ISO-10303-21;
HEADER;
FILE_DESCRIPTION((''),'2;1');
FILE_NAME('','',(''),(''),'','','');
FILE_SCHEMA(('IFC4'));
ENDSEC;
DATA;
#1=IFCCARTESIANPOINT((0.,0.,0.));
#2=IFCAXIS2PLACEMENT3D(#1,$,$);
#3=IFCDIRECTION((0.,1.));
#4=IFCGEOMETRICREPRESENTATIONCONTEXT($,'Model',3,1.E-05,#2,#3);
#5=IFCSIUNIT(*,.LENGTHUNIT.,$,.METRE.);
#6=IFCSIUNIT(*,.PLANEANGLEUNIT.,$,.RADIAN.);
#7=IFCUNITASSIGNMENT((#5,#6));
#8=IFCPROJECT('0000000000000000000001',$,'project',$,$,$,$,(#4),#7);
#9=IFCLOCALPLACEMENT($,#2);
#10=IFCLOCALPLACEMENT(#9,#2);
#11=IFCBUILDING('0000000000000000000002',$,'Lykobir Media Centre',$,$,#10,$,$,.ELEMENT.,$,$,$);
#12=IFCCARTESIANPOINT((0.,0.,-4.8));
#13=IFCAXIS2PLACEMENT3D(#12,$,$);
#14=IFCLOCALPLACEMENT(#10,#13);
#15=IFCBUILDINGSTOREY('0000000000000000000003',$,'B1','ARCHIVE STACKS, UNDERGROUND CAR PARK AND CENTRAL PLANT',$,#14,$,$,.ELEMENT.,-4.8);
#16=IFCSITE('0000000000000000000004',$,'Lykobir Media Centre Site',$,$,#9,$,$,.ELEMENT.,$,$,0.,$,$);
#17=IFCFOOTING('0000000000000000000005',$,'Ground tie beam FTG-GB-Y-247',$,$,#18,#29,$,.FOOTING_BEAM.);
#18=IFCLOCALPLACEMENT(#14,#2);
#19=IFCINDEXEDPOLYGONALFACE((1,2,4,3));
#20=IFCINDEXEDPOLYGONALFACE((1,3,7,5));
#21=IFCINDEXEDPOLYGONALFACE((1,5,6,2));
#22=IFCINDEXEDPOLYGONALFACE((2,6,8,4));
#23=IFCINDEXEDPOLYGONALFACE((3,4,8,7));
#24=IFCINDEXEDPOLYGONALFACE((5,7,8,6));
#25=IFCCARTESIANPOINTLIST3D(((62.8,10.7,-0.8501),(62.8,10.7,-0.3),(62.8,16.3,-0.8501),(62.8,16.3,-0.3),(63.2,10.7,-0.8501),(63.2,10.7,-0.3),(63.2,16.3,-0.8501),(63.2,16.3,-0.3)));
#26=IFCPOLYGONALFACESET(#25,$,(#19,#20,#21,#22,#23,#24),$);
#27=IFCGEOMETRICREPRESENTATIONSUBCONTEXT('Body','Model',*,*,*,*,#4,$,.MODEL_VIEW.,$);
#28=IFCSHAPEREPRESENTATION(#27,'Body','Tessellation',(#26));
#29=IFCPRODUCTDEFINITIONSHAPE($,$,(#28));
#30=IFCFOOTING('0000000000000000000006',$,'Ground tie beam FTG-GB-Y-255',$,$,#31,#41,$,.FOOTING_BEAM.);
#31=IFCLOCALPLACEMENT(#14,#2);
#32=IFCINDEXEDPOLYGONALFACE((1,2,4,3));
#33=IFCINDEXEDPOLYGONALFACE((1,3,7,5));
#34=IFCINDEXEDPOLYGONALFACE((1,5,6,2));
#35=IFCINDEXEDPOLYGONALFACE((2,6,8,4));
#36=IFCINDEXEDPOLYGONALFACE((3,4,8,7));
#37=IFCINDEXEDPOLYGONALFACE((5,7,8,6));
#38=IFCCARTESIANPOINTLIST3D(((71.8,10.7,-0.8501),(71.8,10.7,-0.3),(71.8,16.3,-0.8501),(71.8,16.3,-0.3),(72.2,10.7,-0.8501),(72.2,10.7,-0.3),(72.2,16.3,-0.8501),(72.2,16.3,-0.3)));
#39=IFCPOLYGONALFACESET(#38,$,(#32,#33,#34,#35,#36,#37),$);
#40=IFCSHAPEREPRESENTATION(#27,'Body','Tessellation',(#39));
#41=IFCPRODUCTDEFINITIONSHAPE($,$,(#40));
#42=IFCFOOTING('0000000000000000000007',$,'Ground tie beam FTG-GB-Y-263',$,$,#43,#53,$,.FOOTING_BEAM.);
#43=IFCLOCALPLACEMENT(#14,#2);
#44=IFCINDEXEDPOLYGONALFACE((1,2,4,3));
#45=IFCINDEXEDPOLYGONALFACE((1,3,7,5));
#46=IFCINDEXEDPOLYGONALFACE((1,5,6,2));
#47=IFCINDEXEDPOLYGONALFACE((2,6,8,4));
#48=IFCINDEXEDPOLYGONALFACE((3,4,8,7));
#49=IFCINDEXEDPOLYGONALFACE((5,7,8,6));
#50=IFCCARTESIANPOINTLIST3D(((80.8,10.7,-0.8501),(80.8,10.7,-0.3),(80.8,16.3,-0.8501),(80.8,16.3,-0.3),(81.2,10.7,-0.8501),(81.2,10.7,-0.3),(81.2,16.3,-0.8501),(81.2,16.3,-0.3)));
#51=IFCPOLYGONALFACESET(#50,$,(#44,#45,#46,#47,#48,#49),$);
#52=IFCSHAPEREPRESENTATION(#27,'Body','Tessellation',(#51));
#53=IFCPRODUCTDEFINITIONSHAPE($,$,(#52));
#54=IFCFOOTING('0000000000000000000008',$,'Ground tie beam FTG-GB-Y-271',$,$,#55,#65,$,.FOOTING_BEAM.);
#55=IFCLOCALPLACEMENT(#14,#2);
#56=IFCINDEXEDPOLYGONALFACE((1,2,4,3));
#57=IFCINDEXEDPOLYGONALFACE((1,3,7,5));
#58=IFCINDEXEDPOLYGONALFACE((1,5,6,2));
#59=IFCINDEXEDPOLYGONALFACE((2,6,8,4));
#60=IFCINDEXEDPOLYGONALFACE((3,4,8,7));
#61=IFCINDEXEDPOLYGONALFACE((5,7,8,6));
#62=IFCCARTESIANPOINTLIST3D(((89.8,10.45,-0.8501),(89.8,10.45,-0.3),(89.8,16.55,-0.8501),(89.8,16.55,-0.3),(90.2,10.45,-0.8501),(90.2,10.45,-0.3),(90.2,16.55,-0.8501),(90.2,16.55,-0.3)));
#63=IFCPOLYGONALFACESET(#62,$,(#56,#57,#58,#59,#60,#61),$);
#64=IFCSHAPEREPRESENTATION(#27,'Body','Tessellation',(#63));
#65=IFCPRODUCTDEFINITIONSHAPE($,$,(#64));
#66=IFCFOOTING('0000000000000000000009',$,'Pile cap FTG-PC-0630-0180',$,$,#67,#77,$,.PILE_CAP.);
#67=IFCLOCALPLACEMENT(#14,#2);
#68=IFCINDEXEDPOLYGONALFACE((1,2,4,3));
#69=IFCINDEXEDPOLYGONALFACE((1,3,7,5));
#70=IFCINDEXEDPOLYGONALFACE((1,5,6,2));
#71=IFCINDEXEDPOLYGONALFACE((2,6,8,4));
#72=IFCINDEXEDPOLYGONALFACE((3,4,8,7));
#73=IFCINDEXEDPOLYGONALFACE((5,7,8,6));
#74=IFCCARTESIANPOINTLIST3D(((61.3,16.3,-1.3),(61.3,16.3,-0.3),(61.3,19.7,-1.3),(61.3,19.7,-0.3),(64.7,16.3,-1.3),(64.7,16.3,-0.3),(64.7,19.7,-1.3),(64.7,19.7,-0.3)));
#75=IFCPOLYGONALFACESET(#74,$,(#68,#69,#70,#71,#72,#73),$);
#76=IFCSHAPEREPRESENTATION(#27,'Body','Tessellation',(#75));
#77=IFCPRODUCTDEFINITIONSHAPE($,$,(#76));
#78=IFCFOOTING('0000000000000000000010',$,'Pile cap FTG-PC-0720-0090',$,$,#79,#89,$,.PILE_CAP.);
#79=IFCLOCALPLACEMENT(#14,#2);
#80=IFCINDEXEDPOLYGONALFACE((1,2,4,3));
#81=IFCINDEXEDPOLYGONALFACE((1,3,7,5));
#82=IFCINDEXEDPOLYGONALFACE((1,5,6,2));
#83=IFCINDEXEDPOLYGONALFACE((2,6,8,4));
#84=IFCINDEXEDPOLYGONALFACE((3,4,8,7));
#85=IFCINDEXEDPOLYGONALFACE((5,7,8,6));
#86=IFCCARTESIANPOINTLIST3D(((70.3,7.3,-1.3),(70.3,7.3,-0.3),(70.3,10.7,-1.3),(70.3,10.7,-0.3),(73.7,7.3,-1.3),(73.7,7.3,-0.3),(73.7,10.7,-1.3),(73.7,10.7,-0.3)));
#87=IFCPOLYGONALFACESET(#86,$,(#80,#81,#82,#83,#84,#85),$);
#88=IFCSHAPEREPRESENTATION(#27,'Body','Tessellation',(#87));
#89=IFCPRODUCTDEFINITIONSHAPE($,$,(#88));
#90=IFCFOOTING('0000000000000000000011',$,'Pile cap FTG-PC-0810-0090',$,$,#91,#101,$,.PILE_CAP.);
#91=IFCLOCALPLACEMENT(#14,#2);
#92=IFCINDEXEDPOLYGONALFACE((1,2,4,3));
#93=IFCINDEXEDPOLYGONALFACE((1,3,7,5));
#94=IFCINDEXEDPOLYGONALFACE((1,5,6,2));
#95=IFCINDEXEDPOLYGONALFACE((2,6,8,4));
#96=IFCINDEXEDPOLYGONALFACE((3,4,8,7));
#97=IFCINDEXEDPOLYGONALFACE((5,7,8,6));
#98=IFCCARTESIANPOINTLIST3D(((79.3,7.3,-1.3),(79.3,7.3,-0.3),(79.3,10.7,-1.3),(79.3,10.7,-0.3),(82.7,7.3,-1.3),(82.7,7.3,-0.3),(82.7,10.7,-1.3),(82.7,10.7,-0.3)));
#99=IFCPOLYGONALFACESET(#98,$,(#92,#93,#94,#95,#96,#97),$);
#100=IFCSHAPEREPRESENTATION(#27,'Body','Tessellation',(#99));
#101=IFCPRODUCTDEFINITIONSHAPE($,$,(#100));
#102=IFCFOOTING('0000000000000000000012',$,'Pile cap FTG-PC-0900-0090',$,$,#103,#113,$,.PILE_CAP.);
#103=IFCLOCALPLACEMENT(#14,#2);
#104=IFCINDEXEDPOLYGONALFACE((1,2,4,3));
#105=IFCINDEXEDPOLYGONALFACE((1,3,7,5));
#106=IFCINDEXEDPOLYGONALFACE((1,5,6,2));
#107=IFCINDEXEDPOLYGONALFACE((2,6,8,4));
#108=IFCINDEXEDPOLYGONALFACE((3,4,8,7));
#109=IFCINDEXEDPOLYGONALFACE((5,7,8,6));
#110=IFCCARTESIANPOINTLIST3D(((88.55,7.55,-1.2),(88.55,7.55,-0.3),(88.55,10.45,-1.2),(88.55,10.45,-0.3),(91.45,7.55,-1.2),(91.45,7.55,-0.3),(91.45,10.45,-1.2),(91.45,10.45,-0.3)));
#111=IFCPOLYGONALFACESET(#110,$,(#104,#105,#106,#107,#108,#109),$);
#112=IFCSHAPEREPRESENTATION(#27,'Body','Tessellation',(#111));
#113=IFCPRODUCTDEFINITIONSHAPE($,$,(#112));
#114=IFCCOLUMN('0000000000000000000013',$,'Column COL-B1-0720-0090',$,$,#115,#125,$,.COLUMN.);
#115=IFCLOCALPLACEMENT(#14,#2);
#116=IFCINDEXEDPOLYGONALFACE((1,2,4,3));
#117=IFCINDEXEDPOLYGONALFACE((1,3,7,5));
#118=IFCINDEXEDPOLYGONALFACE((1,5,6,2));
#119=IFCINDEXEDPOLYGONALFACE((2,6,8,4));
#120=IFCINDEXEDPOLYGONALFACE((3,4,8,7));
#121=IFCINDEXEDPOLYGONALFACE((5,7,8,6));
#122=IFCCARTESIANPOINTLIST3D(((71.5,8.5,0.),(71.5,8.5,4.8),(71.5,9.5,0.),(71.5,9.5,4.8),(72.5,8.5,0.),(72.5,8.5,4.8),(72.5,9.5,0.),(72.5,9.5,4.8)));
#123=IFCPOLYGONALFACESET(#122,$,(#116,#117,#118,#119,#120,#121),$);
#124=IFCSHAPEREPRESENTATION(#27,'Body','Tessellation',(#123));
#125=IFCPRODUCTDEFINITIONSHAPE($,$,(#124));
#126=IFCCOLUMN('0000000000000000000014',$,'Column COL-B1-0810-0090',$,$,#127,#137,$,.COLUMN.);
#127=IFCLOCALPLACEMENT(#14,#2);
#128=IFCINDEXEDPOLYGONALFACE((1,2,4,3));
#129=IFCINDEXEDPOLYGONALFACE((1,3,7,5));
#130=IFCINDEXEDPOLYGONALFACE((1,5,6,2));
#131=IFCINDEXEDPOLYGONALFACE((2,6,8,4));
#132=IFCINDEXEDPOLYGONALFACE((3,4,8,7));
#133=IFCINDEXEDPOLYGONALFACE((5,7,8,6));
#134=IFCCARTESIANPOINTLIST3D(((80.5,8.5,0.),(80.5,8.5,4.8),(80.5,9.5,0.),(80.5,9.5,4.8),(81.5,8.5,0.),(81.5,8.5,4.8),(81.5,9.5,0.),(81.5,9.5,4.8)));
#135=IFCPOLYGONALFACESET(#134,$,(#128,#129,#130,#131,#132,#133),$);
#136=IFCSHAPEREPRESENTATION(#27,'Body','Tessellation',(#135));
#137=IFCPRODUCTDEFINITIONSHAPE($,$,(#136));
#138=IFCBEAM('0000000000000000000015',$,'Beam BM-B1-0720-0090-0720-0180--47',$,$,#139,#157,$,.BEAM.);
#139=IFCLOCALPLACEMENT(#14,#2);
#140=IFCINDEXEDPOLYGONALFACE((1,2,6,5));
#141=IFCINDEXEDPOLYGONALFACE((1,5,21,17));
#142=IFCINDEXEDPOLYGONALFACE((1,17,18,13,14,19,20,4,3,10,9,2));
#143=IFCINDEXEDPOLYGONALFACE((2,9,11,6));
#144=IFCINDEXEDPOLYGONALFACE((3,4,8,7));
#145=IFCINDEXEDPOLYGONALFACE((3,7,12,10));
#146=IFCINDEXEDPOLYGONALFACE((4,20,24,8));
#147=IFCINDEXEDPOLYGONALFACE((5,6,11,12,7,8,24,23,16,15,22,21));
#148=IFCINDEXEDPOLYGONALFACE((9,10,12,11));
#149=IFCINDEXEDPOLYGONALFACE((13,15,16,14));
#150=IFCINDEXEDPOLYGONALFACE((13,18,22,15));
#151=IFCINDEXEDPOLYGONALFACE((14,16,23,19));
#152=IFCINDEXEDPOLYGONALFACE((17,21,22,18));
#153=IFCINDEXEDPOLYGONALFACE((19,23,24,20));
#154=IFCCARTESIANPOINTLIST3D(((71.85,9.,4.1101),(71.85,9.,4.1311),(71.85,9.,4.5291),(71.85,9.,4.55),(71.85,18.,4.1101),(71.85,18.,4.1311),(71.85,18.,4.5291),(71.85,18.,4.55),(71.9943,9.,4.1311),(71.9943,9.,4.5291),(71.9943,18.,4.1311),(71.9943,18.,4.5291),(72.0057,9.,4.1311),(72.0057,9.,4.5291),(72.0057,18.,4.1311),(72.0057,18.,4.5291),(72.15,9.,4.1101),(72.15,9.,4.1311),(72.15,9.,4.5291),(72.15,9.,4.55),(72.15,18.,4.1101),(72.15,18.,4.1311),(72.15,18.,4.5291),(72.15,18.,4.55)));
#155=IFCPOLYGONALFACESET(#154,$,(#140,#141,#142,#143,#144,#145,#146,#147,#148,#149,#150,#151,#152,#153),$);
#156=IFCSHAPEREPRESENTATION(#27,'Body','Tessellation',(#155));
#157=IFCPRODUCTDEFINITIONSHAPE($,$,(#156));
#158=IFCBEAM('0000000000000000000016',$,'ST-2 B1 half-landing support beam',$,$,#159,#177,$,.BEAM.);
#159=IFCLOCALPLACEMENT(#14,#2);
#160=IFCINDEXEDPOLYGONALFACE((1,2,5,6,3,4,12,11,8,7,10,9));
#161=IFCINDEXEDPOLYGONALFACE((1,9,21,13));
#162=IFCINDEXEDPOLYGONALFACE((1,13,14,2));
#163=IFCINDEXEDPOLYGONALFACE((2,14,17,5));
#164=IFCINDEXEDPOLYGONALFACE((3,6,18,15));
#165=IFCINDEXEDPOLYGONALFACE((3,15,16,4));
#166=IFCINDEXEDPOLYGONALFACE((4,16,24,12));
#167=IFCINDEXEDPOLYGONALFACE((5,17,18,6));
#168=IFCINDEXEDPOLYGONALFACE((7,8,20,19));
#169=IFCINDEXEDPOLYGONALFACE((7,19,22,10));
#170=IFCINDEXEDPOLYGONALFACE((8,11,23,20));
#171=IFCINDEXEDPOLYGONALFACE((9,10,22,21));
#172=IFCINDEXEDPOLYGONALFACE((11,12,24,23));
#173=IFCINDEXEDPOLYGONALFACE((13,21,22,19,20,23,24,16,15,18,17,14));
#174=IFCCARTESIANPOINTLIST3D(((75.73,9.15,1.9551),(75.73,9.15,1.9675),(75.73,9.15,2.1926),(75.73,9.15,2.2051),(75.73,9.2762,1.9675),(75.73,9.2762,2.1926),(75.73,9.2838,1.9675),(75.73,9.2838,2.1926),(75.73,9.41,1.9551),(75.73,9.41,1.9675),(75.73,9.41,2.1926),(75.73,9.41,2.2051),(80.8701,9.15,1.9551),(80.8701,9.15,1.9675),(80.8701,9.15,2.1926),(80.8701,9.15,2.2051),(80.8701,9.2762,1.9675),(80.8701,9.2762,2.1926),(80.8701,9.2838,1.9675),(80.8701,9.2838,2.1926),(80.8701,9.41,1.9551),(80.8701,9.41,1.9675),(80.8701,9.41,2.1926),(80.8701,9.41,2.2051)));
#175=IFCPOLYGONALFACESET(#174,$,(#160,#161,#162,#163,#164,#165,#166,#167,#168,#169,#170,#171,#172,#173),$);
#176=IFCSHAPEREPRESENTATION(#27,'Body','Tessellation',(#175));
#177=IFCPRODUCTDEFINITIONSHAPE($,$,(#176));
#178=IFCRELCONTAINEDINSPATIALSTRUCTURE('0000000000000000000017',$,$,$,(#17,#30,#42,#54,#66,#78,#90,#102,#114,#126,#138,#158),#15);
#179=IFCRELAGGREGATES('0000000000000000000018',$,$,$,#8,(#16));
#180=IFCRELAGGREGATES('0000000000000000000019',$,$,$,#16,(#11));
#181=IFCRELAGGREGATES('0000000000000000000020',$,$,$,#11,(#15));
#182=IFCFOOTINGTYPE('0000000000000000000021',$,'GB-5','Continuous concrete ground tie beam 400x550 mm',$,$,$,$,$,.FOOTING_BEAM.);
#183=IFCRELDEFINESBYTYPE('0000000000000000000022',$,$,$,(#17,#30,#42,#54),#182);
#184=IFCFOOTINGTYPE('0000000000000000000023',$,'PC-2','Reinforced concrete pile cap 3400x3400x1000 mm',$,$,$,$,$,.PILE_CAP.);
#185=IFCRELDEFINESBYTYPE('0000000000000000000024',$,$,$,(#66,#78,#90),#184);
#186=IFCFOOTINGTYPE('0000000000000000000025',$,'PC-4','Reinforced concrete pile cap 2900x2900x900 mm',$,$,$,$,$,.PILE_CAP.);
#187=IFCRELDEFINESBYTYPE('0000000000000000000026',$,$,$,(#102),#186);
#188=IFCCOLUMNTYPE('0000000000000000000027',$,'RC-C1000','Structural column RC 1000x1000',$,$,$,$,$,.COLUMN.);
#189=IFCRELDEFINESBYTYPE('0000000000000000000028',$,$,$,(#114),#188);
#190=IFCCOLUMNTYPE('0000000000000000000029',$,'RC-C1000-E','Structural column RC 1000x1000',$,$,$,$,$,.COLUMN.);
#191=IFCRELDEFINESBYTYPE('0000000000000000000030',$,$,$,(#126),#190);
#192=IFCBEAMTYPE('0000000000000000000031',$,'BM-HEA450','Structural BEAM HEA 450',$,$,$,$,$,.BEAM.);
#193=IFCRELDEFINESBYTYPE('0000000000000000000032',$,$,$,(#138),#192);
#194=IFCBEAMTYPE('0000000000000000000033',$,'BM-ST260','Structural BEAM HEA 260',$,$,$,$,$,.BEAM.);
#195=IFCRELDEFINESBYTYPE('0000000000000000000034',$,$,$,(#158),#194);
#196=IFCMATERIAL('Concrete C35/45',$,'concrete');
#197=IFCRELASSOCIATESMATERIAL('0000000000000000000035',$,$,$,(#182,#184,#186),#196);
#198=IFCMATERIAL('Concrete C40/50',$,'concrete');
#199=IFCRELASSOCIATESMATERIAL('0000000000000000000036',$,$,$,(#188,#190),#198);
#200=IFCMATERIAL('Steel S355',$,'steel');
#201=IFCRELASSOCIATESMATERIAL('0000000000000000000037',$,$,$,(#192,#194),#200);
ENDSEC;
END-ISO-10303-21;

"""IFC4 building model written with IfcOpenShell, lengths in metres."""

from ifc_helpers import new_model, si_unit, direction, frame, origin, origin_2d, place, context, subcontext, project, spatial, rectangle, i_section, extrude, material, material_profile, profile_set, type_object, element, save


model = new_model("IFC4")

# Units and contexts
model_context = context("Model", 3, precision=1e-05, world=origin(), true_north=direction((0.0, 1.0)))
body_context = subcontext(model_context, "Body", "Model", "MODEL_VIEW")
ifc_project = project(units=[si_unit("LENGTHUNIT", "METRE"), si_unit("PLANEANGLEUNIT", "RADIAN")], contexts=[model_context])

# Site, building, storey
site_placement = place(None, origin())
site = spatial("IfcSite", under=ifc_project, at=site_placement, Name="Lykobir Media Centre Site", CompositionType="ELEMENT", RefElevation=0.0)
building_placement = place(site_placement, origin())
building = spatial("IfcBuilding", under=site, at=building_placement, Name="Lykobir Media Centre", CompositionType="ELEMENT")
storey_placement = place(building_placement, frame((0.0, 0.0, -4.8)))
storey = spatial("IfcBuildingStorey", under=building, at=storey_placement, Name="B1", Description="ARCHIVE STACKS, UNDERGROUND CAR PARK AND CENTRAL PLANT", CompositionType="ELEMENT", Elevation=-4.8)

# Footings
ifc_material_1 = material(Name="Concrete C35/45", Category="concrete")
footing_type_1 = type_object("IfcFootingType", Name="GB-5", Description="Continuous concrete ground tie beam 400x550 mm", PredefinedType="FOOTING_BEAM", material=ifc_material_1)
for number, where, z_axis, x_axis, name in (
    (1, (63.0, 13.5, -0.8501), (0.0, 0.0, 1.0), (0.0, 1.0, 0.0), "Ground tie beam FTG-GB-Y-247"),
    (2, (72.0, 13.5, -0.8501), (0.0, 0.0, 1.0), (0.0, 1.0, 0.0), "Ground tie beam FTG-GB-Y-255"),
    (3, (81.0, 13.5, -0.8501), (0.0, 0.0, 1.0), (0.0, 1.0, 0.0), "Ground tie beam FTG-GB-Y-263"),
):
    element("IfcFooting", number, at=place(storey_placement, frame(where, z_axis=z_axis, x_axis=x_axis)), inside=storey, type_object=footing_type_1, Name=name, PredefinedType="FOOTING_BEAM", context=body_context, shape_type="SweptSolid", body=[
        extrude(rectangle(XDim=5.6001, YDim=0.3999, at=origin_2d()), origin(), (0.0, 0.0, 1.0), 0.55),
    ])
footing_1_placement = place(storey_placement, frame((90.0, 13.5, -0.8501), z_axis=(0.0, 0.0, 1.0), x_axis=(0.0, 1.0, 0.0)))
element("IfcFooting", 4, at=footing_1_placement, inside=storey, type_object=footing_type_1, Name="Ground tie beam FTG-GB-Y-271", PredefinedType="FOOTING_BEAM", context=body_context, shape_type="SweptSolid", body=[
    extrude(rectangle(XDim=6.1001, YDim=0.3999, at=origin_2d()), origin(), (0.0, 0.0, 1.0), 0.55),
])
footing_type_2 = type_object("IfcFootingType", Name="PC-2", Description="Reinforced concrete pile cap 3400x3400x1000 mm", PredefinedType="PILE_CAP", material=ifc_material_1)
for number, where, z_axis, x_axis, name in (
    (5, (63.0, 18.0, -1.3), (0.0, 0.0, 1.0), (1.0, 0.0, 0.0), "Pile cap FTG-PC-0630-0180"),
    (6, (72.0, 9.0, -1.3), (0.0, 0.0, 1.0), (1.0, 0.0, 0.0), "Pile cap FTG-PC-0720-0090"),
    (7, (81.0, 9.0, -1.3), (0.0, 0.0, 1.0), (1.0, 0.0, 0.0), "Pile cap FTG-PC-0810-0090"),
):
    element("IfcFooting", number, at=place(storey_placement, frame(where, z_axis=z_axis, x_axis=x_axis)), inside=storey, type_object=footing_type_2, Name=name, PredefinedType="PILE_CAP", context=body_context, shape_type="SweptSolid", body=[
        extrude(rectangle(XDim=3.3999, YDim=3.3999, at=origin_2d()), origin(), (0.0, 0.0, 1.0), 1.0),
    ])
footing_type_3 = type_object("IfcFootingType", Name="PC-4", Description="Reinforced concrete pile cap 2900x2900x900 mm", PredefinedType="PILE_CAP", material=ifc_material_1)
footing_2_placement = place(storey_placement, frame((90.0, 9.0, -1.2), z_axis=(0.0, 0.0, 1.0), x_axis=(1.0, 0.0, 0.0)))
element("IfcFooting", 8, at=footing_2_placement, inside=storey, type_object=footing_type_3, Name="Pile cap FTG-PC-0900-0090", PredefinedType="PILE_CAP", context=body_context, shape_type="SweptSolid", body=[
    extrude(rectangle(XDim=2.8999, YDim=2.8999, at=origin_2d()), origin(), (0.0, 0.0, 1.0), 0.8999),
])

# Columns
ifc_material_2 = material(Name="Concrete C40/50", Category="concrete")
ifc_material_profile_1 = material_profile(ifc_material_2, rectangle(XDim=1.0, YDim=1.0, at=origin_2d()), Name="RC 1000x1000")
ifc_profile_set_1 = profile_set([ifc_material_profile_1], Name="Concrete C40/50")
column_type_1 = type_object("IfcColumnType", Name="RC-C1000", Description="Structural column RC 1000x1000", PredefinedType="COLUMN", material=ifc_profile_set_1)
column_1_placement = place(storey_placement, frame((72.0, 9.0, 0.0), z_axis=(0.0, 0.0, 1.0), x_axis=(1.0, 0.0, 0.0)))
element("IfcColumn", 9, at=column_1_placement, inside=storey, type_object=column_type_1, Name="Column COL-B1-0720-0090", PredefinedType="COLUMN", context=body_context, shape_type="SweptSolid", body=[
    extrude(rectangle(XDim=1.0, YDim=1.0, at=origin_2d()), origin(), (0.0, 0.0, 1.0), 4.8),
])
ifc_material_profile_2 = material_profile(ifc_material_2, rectangle(XDim=1.0, YDim=1.0, at=origin_2d()), Name="RC 1000x1000")
ifc_profile_set_2 = profile_set([ifc_material_profile_2], Name="Concrete C40/50")
column_type_2 = type_object("IfcColumnType", Name="RC-C1000-E", Description="Structural column RC 1000x1000", PredefinedType="COLUMN", material=ifc_profile_set_2)
column_2_placement = place(storey_placement, frame((81.0, 9.0, 0.0), z_axis=(0.0, 0.0, 1.0), x_axis=(1.0, 0.0, 0.0)))
element("IfcColumn", 10, at=column_2_placement, inside=storey, type_object=column_type_2, Name="Column COL-B1-0810-0090", PredefinedType="COLUMN", context=body_context, shape_type="SweptSolid", body=[
    extrude(rectangle(XDim=1.0, YDim=1.0, at=origin_2d()), origin(), (0.0, 0.0, 1.0), 4.8),
])

# Beams
ifc_material_3 = material(Name="Steel S355", Category="steel")
ifc_material_profile_3 = material_profile(ifc_material_3, i_section(OverallWidth=0.3, OverallDepth=0.4399, WebThickness=0.0115, FlangeThickness=0.021, at=origin_2d()), Name="HEA 450")
ifc_profile_set_3 = profile_set([ifc_material_profile_3], Name="Steel S355")
beam_type_1 = type_object("IfcBeamType", Name="BM-HEA450", Description="Structural BEAM HEA 450", PredefinedType="BEAM", material=ifc_profile_set_3)
beam_1_placement = place(storey_placement, frame((72.0, 9.0, 4.3301), z_axis=(0.0, 1.0, 0.0), x_axis=(-1.0, 0.0, 0.0)))
element("IfcBeam", 11, at=beam_1_placement, inside=storey, type_object=beam_type_1, Name="Beam BM-B1-0720-0090-0720-0180--47", PredefinedType="BEAM", context=body_context, shape_type="SweptSolid", body=[
    extrude(i_section(OverallWidth=0.3, OverallDepth=0.4399, WebThickness=0.0115, FlangeThickness=0.021, at=origin_2d()), origin(), (0.0, 0.0, 1.0), 9.0),
])
ifc_material_profile_4 = material_profile(ifc_material_3, i_section(OverallWidth=0.26, OverallDepth=0.25, WebThickness=0.0076, FlangeThickness=0.0125, at=origin_2d()), Name="HEA 260")
ifc_profile_set_4 = profile_set([ifc_material_profile_4], Name="Steel S355")
beam_type_2 = type_object("IfcBeamType", Name="BM-ST260", Description="Structural BEAM HEA 260", PredefinedType="BEAM", material=ifc_profile_set_4)
beam_2_placement = place(storey_placement, frame((75.73, 9.28, 2.0801), z_axis=(1.0, 0.0, 0.0), x_axis=(0.0, 1.0, 0.0)))
element("IfcBeam", 12, at=beam_2_placement, inside=storey, type_object=beam_type_2, Name="ST-2 B1 half-landing support beam", PredefinedType="BEAM", context=body_context, shape_type="SweptSolid", body=[
    extrude(i_section(OverallWidth=0.26, OverallDepth=0.25, WebThickness=0.0076, FlangeThickness=0.0125, at=origin_2d()), origin(), (0.0, 0.0, 1.0), 5.1401),
])

save(model, "model.ifc")
